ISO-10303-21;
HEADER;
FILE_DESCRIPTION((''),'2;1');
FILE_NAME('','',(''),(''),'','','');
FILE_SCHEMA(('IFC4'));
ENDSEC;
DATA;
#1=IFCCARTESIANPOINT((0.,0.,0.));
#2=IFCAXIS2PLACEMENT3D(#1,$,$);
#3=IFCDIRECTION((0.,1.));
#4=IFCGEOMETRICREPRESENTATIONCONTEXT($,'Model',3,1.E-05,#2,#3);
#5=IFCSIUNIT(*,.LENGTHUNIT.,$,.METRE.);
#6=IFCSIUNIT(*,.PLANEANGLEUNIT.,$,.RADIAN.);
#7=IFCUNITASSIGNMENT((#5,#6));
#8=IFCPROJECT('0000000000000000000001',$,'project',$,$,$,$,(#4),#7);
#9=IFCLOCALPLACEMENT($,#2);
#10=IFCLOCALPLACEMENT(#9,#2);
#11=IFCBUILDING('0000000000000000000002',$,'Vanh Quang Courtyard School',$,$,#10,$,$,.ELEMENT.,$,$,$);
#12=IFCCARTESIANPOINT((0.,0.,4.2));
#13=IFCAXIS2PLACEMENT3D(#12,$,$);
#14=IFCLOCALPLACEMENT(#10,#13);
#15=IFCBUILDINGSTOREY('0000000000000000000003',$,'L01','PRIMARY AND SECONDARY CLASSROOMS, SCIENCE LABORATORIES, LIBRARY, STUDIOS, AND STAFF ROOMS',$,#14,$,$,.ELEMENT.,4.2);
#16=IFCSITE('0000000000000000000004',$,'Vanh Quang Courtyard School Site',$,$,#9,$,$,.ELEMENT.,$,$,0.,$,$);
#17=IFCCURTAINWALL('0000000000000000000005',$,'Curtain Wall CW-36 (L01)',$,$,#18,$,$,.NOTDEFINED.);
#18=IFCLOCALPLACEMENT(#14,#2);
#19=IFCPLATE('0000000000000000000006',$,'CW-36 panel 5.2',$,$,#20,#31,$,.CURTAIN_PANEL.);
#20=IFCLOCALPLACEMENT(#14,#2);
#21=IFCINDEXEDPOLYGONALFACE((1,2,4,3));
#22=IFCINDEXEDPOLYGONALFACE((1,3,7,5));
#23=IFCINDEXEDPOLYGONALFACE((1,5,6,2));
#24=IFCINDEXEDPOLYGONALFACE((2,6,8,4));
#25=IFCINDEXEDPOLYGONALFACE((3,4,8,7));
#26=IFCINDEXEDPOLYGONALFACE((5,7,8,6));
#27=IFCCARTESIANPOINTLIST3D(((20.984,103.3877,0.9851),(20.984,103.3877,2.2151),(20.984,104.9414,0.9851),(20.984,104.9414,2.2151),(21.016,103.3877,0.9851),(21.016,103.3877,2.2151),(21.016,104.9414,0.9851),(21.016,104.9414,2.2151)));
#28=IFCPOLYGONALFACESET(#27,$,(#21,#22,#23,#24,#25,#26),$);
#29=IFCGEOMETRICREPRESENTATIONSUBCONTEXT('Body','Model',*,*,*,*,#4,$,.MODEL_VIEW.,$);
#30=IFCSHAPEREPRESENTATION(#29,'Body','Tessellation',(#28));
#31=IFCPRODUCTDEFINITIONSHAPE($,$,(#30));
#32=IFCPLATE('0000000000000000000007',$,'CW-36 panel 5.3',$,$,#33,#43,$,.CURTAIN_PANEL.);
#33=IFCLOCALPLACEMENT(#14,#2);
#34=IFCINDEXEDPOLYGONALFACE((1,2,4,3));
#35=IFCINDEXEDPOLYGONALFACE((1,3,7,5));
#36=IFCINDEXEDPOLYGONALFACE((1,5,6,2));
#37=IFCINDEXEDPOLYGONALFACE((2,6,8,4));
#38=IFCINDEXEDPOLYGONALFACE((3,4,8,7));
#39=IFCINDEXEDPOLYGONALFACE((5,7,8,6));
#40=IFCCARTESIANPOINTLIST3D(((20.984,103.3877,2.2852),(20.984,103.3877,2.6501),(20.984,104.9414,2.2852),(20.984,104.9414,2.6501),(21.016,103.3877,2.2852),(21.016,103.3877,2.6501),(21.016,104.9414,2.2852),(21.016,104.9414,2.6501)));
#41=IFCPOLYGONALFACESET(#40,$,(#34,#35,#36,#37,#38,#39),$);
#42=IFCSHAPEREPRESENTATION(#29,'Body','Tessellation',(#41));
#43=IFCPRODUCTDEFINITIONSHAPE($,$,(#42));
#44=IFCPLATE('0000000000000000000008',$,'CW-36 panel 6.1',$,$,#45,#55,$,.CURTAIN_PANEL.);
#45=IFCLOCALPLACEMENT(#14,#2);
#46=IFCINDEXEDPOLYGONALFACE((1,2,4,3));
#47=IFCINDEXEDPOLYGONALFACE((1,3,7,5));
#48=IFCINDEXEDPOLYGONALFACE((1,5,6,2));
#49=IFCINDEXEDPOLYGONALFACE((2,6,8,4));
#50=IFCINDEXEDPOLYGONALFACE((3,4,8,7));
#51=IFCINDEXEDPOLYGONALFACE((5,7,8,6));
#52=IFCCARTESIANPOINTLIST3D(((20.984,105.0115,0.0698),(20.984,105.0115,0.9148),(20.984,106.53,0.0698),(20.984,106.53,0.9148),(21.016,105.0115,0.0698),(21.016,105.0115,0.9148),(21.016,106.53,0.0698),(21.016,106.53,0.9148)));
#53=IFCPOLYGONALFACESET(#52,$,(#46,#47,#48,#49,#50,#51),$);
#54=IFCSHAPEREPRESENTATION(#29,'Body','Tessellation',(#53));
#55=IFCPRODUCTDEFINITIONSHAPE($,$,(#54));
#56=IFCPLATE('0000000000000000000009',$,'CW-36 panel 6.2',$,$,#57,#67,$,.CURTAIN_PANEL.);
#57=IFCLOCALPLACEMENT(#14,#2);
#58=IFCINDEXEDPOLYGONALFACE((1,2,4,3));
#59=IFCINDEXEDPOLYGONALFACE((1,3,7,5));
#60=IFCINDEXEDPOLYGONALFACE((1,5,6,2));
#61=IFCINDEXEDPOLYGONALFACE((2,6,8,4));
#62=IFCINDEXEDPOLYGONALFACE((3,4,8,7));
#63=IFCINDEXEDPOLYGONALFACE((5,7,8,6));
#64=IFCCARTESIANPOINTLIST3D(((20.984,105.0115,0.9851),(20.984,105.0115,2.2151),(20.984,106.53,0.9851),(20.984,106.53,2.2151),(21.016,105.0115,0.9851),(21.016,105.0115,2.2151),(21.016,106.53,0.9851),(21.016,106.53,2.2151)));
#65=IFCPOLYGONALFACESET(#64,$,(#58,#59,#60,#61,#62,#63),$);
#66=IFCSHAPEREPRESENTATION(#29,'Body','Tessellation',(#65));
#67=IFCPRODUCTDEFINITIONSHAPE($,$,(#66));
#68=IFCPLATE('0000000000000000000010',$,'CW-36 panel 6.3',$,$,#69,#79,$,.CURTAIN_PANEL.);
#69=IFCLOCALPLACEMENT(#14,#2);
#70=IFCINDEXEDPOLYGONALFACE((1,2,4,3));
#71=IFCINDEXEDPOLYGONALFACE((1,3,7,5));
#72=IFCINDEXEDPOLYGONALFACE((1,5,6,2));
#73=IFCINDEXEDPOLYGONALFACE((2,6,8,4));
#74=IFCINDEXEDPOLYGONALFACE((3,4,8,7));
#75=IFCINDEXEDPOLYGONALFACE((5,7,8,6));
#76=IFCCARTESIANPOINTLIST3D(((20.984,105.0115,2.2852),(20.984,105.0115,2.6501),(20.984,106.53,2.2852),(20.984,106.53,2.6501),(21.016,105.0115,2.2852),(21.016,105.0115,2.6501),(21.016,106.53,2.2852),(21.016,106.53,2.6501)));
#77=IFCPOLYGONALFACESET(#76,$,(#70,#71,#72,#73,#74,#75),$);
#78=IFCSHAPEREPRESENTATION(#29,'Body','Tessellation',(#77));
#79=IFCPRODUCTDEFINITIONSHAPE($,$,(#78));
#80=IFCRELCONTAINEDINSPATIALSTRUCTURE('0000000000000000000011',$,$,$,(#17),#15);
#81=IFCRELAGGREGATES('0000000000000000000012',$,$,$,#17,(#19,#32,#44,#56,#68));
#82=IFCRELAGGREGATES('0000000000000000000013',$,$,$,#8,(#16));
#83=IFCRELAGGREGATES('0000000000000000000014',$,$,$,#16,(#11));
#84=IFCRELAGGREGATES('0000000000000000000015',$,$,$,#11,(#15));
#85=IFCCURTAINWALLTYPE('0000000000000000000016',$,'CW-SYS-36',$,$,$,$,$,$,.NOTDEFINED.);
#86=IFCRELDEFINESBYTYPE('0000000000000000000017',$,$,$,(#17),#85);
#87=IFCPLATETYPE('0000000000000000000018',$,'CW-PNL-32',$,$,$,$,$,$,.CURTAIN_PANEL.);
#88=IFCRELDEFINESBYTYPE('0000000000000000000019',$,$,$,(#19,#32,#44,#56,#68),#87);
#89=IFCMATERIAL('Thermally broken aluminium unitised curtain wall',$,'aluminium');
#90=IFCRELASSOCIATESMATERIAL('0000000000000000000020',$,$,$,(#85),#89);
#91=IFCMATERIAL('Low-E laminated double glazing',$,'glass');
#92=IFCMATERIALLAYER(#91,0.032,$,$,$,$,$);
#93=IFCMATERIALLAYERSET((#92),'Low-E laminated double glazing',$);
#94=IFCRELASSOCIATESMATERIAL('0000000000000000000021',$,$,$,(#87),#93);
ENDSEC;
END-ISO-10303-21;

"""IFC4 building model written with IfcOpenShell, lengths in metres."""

from ifc_helpers import new_model, si_unit, direction, frame, origin, origin_2d, place, context, subcontext, project, spatial, rectangle, extrude, material, layer, layer_set, type_object, element, aggregate, save


model = new_model("IFC4")

# Units and contexts
model_context = context("Model", 3, precision=1e-05, world=origin(), true_north=direction((0.0, 1.0)))
body_context = subcontext(model_context, "Body", "Model", "MODEL_VIEW")
ifc_project = project(units=[si_unit("LENGTHUNIT", "METRE"), si_unit("PLANEANGLEUNIT", "RADIAN")], contexts=[model_context])

# Site, building, storey
site_placement = place(None, origin())
site = spatial("IfcSite", under=ifc_project, at=site_placement, Name="Vanh Quang Courtyard School Site", CompositionType="ELEMENT", RefElevation=0.0)
building_placement = place(site_placement, origin())
building = spatial("IfcBuilding", under=site, at=building_placement, Name="Vanh Quang Courtyard School", CompositionType="ELEMENT")
storey_placement = place(building_placement, frame((0.0, 0.0, 4.2)))
storey = spatial("IfcBuildingStorey", under=building, at=storey_placement, Name="L01", Description="PRIMARY AND SECONDARY CLASSROOMS, SCIENCE LABORATORIES, LIBRARY, STUDIOS, AND STAFF ROOMS", CompositionType="ELEMENT", Elevation=4.2)

# Curtain wall
ifc_material_1 = material(Name="Thermally broken aluminium unitised curtain wall", Category="aluminium")
curtain_wall_type_1 = type_object("IfcCurtainWallType", Name="CW-SYS-36", PredefinedType="NOTDEFINED", material=ifc_material_1)
curtain_wall_1_placement = place(storey_placement, origin())
curtain_wall_1 = element("IfcCurtainWall", 1, at=curtain_wall_1_placement, inside=storey, type_object=curtain_wall_type_1, Name="Curtain Wall CW-36 (L01)", PredefinedType="NOTDEFINED")

# Plates
ifc_material_2 = material(Name="Low-E laminated double glazing", Category="glass")
ifc_layer = layer(ifc_material_2, 0.032)
ifc_layer_set = layer_set([ifc_layer], Name="Low-E laminated double glazing")
plate_type = type_object("IfcPlateType", Name="CW-PNL-32", PredefinedType="CURTAIN_PANEL", material=ifc_layer_set)
plate_1_placement = place(storey_placement, frame((21.0, 104.1646, 0.9851), z_axis=(0.0, 0.0, 1.0), x_axis=(0.0, 1.0, 0.0)))
plate_1 = element("IfcPlate", 2, at=plate_1_placement, type_object=plate_type, Name="CW-36 panel 5.2", PredefinedType="CURTAIN_PANEL", context=body_context, shape_type="SweptSolid", body=[
    extrude(rectangle(XDim=1.5537, YDim=0.032, at=origin_2d()), origin(), (0.0, 0.0, 1.0), 1.23),
])
plate_2_placement = place(storey_placement, frame((21.0, 104.1646, 2.2852), z_axis=(0.0, 0.0, 1.0), x_axis=(0.0, 1.0, 0.0)))
plate_2 = element("IfcPlate", 3, at=plate_2_placement, type_object=plate_type, Name="CW-36 panel 5.3", PredefinedType="CURTAIN_PANEL", context=body_context, shape_type="SweptSolid", body=[
    extrude(rectangle(XDim=1.5537, YDim=0.032, at=origin_2d()), origin(), (0.0, 0.0, 1.0), 0.365),
])
plate_3_placement = place(storey_placement, frame((21.0, 105.7708, 0.0698), z_axis=(0.0, 0.0, 1.0), x_axis=(0.0, 1.0, 0.0)))
plate_3 = element("IfcPlate", 4, at=plate_3_placement, type_object=plate_type, Name="CW-36 panel 6.1", PredefinedType="CURTAIN_PANEL", context=body_context, shape_type="SweptSolid", body=[
    extrude(rectangle(XDim=1.5186, YDim=0.032, at=origin_2d()), origin(), (0.0, 0.0, 1.0), 0.845),
])
plate_4_placement = place(storey_placement, frame((21.0, 105.7708, 0.9851), z_axis=(0.0, 0.0, 1.0), x_axis=(0.0, 1.0, 0.0)))
plate_4 = element("IfcPlate", 5, at=plate_4_placement, type_object=plate_type, Name="CW-36 panel 6.2", PredefinedType="CURTAIN_PANEL", context=body_context, shape_type="SweptSolid", body=[
    extrude(rectangle(XDim=1.5186, YDim=0.032, at=origin_2d()), origin(), (0.0, 0.0, 1.0), 1.23),
])
plate_5_placement = place(storey_placement, frame((21.0, 105.7708, 2.2852), z_axis=(0.0, 0.0, 1.0), x_axis=(0.0, 1.0, 0.0)))
plate_5 = element("IfcPlate", 6, at=plate_5_placement, type_object=plate_type, Name="CW-36 panel 6.3", PredefinedType="CURTAIN_PANEL", context=body_context, shape_type="SweptSolid", body=[
    extrude(rectangle(XDim=1.5186, YDim=0.032, at=origin_2d()), origin(), (0.0, 0.0, 1.0), 0.365),
])
aggregate(curtain_wall_1, [plate_1, plate_2, plate_3, plate_4, plate_5])

save(model, "model.ifc")
